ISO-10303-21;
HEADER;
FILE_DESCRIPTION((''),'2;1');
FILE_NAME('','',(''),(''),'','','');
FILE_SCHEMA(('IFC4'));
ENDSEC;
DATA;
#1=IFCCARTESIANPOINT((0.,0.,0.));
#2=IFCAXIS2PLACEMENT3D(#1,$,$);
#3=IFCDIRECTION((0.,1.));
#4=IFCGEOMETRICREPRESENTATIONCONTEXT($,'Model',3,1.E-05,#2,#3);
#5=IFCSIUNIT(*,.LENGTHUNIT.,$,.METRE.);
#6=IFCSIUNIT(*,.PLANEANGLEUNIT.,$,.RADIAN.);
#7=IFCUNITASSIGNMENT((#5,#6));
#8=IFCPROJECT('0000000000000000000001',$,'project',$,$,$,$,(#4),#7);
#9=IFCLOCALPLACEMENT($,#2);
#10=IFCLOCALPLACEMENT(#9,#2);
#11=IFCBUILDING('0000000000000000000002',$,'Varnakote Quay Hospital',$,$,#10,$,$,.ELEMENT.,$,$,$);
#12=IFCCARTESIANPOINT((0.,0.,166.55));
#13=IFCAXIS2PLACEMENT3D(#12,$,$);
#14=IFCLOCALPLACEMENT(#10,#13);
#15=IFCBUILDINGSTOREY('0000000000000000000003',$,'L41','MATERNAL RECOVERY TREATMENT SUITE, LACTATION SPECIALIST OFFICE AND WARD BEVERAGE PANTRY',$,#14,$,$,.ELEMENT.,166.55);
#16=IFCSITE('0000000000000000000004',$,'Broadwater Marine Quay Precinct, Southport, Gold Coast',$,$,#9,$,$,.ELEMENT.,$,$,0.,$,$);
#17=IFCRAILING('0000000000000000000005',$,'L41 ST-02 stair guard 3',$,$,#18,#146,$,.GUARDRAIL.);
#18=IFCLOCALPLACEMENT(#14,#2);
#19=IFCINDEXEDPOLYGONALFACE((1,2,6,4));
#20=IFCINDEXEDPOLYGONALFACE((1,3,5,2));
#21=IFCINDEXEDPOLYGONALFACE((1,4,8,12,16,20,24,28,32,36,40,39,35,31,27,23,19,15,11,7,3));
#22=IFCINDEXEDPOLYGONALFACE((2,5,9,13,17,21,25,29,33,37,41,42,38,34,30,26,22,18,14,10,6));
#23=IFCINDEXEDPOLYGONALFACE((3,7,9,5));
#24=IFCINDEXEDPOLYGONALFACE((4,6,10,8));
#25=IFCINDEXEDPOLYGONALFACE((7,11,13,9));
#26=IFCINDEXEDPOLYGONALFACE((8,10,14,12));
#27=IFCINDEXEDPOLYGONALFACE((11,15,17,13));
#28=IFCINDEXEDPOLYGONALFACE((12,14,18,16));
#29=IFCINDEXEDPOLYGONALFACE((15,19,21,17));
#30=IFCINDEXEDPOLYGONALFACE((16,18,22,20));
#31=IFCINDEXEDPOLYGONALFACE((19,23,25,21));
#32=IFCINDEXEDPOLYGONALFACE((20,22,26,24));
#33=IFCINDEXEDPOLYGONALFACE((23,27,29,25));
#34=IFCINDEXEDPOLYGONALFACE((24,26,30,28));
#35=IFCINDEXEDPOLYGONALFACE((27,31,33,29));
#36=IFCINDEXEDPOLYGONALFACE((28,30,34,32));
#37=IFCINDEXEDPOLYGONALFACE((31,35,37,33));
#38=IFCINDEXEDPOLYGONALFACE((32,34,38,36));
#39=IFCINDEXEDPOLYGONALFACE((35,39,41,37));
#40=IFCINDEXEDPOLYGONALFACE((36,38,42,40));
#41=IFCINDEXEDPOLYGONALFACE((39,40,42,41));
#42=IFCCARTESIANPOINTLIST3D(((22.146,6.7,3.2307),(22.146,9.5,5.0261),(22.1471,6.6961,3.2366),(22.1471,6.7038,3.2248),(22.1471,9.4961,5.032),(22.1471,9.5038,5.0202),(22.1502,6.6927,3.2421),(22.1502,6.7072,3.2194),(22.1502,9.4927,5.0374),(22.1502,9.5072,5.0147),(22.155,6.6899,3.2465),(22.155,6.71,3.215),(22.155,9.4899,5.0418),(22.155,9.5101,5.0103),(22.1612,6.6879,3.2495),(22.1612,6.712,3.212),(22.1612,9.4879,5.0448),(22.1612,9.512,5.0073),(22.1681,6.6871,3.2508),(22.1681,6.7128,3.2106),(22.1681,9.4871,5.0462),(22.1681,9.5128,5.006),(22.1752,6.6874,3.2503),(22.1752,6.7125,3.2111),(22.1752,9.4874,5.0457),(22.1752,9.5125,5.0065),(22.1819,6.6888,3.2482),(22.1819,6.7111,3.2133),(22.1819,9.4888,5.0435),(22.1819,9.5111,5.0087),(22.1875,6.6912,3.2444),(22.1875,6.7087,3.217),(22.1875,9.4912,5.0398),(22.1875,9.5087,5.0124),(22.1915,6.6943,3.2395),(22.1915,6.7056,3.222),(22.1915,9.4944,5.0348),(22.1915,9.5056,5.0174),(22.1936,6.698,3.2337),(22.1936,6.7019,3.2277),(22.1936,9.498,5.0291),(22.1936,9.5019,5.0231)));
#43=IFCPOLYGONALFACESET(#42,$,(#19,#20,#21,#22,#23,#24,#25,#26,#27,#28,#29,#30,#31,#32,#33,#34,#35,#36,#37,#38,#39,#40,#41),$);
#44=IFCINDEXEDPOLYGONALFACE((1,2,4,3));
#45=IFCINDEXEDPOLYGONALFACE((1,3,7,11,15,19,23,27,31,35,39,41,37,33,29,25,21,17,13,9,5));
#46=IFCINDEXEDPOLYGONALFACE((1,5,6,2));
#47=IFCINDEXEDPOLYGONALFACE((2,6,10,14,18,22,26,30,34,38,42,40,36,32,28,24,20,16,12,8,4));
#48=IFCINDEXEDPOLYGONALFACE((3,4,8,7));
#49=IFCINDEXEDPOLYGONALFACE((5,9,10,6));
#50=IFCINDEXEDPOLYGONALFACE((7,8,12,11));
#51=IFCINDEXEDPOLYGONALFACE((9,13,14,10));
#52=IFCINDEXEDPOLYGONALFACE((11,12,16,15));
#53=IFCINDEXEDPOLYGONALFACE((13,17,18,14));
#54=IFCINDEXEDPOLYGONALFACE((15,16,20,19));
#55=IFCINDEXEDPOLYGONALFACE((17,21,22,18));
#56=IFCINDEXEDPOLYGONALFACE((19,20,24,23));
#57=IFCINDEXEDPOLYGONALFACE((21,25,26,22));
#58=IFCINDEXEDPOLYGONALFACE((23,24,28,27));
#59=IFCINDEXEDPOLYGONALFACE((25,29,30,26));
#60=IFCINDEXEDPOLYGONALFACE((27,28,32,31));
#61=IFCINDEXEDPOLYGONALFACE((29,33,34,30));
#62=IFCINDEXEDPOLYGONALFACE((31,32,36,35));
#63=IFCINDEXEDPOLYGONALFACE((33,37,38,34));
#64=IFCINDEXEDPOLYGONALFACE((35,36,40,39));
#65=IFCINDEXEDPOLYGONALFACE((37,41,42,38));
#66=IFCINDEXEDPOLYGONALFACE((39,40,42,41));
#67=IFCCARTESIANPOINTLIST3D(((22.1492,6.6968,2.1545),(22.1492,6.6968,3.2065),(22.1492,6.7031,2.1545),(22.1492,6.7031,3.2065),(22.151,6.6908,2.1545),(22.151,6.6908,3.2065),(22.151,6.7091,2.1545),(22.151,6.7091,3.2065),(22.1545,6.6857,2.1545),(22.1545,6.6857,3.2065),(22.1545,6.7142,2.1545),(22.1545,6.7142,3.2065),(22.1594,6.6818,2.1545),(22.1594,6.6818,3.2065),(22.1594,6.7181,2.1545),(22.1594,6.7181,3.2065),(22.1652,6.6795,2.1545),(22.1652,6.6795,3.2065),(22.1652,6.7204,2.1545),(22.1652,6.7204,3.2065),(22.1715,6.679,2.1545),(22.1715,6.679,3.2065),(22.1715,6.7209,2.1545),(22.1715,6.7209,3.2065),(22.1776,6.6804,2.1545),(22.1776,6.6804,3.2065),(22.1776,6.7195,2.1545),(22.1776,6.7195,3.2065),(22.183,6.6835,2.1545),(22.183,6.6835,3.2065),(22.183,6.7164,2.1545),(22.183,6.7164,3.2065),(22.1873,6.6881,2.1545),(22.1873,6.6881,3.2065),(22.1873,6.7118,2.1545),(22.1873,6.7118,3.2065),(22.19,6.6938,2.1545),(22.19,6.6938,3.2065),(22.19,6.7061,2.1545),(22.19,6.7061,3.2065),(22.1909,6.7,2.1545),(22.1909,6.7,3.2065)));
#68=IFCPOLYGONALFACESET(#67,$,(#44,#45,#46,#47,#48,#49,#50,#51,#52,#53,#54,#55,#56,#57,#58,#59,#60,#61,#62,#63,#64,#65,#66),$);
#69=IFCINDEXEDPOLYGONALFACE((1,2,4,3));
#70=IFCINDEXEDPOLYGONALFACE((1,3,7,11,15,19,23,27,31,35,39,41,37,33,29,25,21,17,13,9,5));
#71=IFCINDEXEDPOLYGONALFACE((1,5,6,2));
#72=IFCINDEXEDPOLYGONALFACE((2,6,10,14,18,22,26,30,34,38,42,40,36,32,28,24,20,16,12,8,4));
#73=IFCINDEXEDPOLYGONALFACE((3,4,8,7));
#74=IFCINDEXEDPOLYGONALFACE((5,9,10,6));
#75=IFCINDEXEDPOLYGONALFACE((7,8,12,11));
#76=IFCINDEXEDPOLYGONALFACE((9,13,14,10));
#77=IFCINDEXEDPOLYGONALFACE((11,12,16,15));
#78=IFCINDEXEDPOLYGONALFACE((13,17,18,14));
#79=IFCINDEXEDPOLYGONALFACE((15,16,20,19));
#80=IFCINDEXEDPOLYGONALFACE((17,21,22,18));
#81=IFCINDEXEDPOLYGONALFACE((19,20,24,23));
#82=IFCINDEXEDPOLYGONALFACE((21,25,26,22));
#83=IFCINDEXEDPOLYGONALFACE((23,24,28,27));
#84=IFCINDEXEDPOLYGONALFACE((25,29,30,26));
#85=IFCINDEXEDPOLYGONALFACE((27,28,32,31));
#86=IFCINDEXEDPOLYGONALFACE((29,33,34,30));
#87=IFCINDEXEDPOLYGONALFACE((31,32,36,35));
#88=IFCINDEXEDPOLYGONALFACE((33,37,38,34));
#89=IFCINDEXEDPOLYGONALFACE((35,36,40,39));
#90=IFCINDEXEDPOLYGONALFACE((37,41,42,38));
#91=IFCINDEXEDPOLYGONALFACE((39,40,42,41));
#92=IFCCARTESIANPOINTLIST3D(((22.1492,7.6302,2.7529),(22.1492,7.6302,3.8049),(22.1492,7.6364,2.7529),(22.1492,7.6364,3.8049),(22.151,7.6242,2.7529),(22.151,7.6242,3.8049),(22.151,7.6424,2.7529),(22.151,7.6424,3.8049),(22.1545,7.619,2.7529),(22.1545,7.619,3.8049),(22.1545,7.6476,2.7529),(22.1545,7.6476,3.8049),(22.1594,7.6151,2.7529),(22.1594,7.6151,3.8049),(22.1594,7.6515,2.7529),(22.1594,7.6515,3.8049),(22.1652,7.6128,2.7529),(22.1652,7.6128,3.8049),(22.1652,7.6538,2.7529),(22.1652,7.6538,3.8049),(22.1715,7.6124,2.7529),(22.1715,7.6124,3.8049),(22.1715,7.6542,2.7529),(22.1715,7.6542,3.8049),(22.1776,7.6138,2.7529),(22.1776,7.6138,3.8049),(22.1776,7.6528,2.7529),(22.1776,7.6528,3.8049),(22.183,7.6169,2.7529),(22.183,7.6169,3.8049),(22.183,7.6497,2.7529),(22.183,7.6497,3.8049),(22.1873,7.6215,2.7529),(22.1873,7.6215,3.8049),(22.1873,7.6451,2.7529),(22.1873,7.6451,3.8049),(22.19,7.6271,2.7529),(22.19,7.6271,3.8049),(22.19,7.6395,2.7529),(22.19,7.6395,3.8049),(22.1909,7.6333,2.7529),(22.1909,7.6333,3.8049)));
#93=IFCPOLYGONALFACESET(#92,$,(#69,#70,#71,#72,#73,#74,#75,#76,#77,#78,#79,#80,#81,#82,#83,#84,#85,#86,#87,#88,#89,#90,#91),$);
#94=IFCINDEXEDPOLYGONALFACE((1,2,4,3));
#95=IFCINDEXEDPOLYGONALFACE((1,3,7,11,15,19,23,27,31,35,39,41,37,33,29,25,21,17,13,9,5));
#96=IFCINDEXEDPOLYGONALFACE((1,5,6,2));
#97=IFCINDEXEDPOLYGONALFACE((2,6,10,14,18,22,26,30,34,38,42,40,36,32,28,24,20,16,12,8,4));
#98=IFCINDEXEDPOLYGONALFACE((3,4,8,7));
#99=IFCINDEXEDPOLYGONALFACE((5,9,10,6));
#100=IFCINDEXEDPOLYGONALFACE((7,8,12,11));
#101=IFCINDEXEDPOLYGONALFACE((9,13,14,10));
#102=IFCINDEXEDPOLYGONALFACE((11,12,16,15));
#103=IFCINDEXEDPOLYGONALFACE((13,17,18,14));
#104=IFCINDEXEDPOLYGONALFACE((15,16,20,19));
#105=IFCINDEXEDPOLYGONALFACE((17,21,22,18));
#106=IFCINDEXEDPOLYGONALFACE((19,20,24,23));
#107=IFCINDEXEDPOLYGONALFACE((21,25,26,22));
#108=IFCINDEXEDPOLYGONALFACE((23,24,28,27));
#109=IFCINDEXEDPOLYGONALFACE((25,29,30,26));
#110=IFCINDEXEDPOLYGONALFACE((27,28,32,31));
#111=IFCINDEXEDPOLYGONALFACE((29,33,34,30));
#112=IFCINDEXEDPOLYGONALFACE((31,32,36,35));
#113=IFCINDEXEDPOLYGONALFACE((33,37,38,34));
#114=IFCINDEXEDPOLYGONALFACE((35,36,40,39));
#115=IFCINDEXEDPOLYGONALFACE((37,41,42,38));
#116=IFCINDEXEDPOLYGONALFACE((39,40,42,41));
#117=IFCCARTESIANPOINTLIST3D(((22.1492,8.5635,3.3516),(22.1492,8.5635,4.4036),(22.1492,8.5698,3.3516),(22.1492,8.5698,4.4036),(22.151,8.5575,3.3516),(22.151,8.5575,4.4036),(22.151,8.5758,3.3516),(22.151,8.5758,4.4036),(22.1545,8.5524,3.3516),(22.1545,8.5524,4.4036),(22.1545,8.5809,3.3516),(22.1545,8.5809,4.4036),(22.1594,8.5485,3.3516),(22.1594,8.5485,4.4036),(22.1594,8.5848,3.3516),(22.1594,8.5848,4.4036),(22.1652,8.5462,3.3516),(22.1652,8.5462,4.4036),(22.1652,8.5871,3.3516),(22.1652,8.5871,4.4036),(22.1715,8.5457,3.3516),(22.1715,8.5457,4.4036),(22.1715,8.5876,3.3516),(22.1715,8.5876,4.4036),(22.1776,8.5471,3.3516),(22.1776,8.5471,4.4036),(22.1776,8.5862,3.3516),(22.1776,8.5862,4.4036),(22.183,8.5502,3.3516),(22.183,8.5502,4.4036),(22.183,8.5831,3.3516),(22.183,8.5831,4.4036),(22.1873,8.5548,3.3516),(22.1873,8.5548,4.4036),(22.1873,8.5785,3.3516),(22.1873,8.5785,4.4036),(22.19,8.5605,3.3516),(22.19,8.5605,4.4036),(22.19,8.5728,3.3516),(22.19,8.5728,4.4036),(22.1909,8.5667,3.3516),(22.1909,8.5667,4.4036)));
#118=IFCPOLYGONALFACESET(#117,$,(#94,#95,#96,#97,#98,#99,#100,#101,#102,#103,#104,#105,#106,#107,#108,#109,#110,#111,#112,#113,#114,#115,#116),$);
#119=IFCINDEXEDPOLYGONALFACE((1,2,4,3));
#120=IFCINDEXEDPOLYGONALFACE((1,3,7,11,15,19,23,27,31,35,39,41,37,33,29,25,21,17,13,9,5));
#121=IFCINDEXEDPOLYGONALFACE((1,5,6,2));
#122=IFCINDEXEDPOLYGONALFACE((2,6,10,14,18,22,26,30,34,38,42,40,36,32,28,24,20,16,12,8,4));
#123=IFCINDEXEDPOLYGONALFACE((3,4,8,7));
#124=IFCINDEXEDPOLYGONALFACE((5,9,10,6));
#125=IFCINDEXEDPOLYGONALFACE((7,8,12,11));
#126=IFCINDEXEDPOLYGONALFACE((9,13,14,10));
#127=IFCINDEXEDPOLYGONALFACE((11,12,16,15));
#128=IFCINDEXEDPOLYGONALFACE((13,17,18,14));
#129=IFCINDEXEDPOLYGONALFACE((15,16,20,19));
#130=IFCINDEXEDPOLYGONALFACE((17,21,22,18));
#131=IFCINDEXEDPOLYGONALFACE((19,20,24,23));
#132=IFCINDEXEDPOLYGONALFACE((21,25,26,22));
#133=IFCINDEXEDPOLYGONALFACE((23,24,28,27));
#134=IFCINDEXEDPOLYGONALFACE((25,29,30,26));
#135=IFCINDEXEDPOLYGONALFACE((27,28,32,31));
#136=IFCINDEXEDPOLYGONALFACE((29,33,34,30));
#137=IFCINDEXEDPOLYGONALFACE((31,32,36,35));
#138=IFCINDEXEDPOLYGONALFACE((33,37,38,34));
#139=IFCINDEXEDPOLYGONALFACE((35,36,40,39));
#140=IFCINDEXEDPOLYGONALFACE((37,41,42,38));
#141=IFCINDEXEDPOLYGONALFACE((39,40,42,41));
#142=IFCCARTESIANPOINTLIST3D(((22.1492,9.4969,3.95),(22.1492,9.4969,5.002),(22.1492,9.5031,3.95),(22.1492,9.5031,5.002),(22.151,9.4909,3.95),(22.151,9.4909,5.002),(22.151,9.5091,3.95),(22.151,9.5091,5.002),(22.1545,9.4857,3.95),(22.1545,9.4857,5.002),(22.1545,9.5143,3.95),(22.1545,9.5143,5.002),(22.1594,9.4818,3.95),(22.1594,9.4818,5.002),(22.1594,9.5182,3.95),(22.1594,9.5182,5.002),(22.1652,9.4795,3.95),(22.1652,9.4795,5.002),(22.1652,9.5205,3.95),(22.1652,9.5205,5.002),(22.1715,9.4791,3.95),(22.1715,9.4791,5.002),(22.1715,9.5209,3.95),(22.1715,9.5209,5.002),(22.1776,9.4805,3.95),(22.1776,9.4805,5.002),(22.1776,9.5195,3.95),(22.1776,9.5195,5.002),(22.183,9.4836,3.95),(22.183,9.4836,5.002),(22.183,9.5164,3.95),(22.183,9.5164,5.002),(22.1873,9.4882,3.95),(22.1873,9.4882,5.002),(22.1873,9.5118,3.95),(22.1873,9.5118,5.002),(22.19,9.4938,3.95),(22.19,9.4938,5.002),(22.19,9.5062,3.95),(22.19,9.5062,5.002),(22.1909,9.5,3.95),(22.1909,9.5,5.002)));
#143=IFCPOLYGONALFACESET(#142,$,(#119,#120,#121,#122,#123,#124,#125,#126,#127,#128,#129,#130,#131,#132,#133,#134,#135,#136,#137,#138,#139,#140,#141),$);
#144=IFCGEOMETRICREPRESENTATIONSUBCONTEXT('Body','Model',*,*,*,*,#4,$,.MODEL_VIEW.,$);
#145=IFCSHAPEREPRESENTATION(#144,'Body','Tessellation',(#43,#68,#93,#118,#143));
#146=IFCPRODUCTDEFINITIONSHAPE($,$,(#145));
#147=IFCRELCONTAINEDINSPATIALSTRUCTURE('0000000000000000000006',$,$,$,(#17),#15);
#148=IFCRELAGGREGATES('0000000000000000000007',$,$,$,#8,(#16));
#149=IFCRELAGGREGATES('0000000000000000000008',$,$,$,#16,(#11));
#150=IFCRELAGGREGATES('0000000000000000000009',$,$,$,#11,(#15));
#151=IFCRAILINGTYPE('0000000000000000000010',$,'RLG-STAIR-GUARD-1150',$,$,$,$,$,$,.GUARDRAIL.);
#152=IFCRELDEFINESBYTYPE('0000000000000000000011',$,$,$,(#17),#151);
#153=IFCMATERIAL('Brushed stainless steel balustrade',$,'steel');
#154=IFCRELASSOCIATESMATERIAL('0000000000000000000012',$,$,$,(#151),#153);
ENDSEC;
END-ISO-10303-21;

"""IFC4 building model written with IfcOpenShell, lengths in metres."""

from ifc_helpers import new_model, si_unit, direction, frame, origin, origin_2d, place, context, subcontext, project, spatial, circle, extrude, material, type_object, element, save


model = new_model("IFC4")

# Units and contexts
model_context = context("Model", 3, precision=1e-05, world=origin(), true_north=direction((0.0, 1.0)))
body_context = subcontext(model_context, "Body", "Model", "MODEL_VIEW")
ifc_project = project(units=[si_unit("LENGTHUNIT", "METRE"), si_unit("PLANEANGLEUNIT", "RADIAN")], contexts=[model_context])

# Site, building, storey
site_placement = place(None, origin())
site = spatial("IfcSite", under=ifc_project, at=site_placement, Name="Broadwater Marine Quay Precinct, Southport, Gold Coast", CompositionType="ELEMENT", RefElevation=0.0)
building_placement = place(site_placement, origin())
building = spatial("IfcBuilding", under=site, at=building_placement, Name="Varnakote Quay Hospital", CompositionType="ELEMENT")
storey_placement = place(building_placement, frame((0.0, 0.0, 166.55)))
storey = spatial("IfcBuildingStorey", under=building, at=storey_placement, Name="L41", Description="MATERNAL RECOVERY TREATMENT SUITE, LACTATION SPECIALIST OFFICE AND WARD BEVERAGE PANTRY", CompositionType="ELEMENT", Elevation=166.55)

# Railing
ifc_material_1 = material(Name="Brushed stainless steel balustrade", Category="steel")
railing_type_1 = type_object("IfcRailingType", Name="RLG-STAIR-GUARD-1150", PredefinedType="GUARDRAIL", material=ifc_material_1)
railing_1_placement = place(storey_placement, frame((22.1699, 6.7, 2.1545)))
element("IfcRailing", 1, at=railing_1_placement, inside=storey, type_object=railing_type_1, Name="L41 ST-02 stair guard 3", PredefinedType="GUARDRAIL", context=body_context, shape_type="SweptSolid", body=[
    extrude(circle(Radius=0.0239, at=origin_2d()), frame((0.0, 0.0, 1.0762), z_axis=(0.0, 0.84181, 0.539774), x_axis=(-1.0, 0.0, 0.0)), (0.0, 0.0, 1.0), 3.3262),
    extrude(circle(Radius=0.021, at=origin_2d()), origin(), (0.0, 0.0, 1.0), 1.052),
    extrude(circle(Radius=0.021, at=origin_2d()), frame((0.0, 0.9333, 0.5984)), (0.0, 0.0, 1.0), 1.052),
    extrude(circle(Radius=0.021, at=origin_2d()), frame((0.0, 1.8667, 1.197)), (0.0, 0.0, 1.0), 1.052),
    extrude(circle(Radius=0.021, at=origin_2d()), frame((0.0, 2.8, 1.7954)), (0.0, 0.0, 1.0), 1.052),
])

save(model, "model.ifc")
